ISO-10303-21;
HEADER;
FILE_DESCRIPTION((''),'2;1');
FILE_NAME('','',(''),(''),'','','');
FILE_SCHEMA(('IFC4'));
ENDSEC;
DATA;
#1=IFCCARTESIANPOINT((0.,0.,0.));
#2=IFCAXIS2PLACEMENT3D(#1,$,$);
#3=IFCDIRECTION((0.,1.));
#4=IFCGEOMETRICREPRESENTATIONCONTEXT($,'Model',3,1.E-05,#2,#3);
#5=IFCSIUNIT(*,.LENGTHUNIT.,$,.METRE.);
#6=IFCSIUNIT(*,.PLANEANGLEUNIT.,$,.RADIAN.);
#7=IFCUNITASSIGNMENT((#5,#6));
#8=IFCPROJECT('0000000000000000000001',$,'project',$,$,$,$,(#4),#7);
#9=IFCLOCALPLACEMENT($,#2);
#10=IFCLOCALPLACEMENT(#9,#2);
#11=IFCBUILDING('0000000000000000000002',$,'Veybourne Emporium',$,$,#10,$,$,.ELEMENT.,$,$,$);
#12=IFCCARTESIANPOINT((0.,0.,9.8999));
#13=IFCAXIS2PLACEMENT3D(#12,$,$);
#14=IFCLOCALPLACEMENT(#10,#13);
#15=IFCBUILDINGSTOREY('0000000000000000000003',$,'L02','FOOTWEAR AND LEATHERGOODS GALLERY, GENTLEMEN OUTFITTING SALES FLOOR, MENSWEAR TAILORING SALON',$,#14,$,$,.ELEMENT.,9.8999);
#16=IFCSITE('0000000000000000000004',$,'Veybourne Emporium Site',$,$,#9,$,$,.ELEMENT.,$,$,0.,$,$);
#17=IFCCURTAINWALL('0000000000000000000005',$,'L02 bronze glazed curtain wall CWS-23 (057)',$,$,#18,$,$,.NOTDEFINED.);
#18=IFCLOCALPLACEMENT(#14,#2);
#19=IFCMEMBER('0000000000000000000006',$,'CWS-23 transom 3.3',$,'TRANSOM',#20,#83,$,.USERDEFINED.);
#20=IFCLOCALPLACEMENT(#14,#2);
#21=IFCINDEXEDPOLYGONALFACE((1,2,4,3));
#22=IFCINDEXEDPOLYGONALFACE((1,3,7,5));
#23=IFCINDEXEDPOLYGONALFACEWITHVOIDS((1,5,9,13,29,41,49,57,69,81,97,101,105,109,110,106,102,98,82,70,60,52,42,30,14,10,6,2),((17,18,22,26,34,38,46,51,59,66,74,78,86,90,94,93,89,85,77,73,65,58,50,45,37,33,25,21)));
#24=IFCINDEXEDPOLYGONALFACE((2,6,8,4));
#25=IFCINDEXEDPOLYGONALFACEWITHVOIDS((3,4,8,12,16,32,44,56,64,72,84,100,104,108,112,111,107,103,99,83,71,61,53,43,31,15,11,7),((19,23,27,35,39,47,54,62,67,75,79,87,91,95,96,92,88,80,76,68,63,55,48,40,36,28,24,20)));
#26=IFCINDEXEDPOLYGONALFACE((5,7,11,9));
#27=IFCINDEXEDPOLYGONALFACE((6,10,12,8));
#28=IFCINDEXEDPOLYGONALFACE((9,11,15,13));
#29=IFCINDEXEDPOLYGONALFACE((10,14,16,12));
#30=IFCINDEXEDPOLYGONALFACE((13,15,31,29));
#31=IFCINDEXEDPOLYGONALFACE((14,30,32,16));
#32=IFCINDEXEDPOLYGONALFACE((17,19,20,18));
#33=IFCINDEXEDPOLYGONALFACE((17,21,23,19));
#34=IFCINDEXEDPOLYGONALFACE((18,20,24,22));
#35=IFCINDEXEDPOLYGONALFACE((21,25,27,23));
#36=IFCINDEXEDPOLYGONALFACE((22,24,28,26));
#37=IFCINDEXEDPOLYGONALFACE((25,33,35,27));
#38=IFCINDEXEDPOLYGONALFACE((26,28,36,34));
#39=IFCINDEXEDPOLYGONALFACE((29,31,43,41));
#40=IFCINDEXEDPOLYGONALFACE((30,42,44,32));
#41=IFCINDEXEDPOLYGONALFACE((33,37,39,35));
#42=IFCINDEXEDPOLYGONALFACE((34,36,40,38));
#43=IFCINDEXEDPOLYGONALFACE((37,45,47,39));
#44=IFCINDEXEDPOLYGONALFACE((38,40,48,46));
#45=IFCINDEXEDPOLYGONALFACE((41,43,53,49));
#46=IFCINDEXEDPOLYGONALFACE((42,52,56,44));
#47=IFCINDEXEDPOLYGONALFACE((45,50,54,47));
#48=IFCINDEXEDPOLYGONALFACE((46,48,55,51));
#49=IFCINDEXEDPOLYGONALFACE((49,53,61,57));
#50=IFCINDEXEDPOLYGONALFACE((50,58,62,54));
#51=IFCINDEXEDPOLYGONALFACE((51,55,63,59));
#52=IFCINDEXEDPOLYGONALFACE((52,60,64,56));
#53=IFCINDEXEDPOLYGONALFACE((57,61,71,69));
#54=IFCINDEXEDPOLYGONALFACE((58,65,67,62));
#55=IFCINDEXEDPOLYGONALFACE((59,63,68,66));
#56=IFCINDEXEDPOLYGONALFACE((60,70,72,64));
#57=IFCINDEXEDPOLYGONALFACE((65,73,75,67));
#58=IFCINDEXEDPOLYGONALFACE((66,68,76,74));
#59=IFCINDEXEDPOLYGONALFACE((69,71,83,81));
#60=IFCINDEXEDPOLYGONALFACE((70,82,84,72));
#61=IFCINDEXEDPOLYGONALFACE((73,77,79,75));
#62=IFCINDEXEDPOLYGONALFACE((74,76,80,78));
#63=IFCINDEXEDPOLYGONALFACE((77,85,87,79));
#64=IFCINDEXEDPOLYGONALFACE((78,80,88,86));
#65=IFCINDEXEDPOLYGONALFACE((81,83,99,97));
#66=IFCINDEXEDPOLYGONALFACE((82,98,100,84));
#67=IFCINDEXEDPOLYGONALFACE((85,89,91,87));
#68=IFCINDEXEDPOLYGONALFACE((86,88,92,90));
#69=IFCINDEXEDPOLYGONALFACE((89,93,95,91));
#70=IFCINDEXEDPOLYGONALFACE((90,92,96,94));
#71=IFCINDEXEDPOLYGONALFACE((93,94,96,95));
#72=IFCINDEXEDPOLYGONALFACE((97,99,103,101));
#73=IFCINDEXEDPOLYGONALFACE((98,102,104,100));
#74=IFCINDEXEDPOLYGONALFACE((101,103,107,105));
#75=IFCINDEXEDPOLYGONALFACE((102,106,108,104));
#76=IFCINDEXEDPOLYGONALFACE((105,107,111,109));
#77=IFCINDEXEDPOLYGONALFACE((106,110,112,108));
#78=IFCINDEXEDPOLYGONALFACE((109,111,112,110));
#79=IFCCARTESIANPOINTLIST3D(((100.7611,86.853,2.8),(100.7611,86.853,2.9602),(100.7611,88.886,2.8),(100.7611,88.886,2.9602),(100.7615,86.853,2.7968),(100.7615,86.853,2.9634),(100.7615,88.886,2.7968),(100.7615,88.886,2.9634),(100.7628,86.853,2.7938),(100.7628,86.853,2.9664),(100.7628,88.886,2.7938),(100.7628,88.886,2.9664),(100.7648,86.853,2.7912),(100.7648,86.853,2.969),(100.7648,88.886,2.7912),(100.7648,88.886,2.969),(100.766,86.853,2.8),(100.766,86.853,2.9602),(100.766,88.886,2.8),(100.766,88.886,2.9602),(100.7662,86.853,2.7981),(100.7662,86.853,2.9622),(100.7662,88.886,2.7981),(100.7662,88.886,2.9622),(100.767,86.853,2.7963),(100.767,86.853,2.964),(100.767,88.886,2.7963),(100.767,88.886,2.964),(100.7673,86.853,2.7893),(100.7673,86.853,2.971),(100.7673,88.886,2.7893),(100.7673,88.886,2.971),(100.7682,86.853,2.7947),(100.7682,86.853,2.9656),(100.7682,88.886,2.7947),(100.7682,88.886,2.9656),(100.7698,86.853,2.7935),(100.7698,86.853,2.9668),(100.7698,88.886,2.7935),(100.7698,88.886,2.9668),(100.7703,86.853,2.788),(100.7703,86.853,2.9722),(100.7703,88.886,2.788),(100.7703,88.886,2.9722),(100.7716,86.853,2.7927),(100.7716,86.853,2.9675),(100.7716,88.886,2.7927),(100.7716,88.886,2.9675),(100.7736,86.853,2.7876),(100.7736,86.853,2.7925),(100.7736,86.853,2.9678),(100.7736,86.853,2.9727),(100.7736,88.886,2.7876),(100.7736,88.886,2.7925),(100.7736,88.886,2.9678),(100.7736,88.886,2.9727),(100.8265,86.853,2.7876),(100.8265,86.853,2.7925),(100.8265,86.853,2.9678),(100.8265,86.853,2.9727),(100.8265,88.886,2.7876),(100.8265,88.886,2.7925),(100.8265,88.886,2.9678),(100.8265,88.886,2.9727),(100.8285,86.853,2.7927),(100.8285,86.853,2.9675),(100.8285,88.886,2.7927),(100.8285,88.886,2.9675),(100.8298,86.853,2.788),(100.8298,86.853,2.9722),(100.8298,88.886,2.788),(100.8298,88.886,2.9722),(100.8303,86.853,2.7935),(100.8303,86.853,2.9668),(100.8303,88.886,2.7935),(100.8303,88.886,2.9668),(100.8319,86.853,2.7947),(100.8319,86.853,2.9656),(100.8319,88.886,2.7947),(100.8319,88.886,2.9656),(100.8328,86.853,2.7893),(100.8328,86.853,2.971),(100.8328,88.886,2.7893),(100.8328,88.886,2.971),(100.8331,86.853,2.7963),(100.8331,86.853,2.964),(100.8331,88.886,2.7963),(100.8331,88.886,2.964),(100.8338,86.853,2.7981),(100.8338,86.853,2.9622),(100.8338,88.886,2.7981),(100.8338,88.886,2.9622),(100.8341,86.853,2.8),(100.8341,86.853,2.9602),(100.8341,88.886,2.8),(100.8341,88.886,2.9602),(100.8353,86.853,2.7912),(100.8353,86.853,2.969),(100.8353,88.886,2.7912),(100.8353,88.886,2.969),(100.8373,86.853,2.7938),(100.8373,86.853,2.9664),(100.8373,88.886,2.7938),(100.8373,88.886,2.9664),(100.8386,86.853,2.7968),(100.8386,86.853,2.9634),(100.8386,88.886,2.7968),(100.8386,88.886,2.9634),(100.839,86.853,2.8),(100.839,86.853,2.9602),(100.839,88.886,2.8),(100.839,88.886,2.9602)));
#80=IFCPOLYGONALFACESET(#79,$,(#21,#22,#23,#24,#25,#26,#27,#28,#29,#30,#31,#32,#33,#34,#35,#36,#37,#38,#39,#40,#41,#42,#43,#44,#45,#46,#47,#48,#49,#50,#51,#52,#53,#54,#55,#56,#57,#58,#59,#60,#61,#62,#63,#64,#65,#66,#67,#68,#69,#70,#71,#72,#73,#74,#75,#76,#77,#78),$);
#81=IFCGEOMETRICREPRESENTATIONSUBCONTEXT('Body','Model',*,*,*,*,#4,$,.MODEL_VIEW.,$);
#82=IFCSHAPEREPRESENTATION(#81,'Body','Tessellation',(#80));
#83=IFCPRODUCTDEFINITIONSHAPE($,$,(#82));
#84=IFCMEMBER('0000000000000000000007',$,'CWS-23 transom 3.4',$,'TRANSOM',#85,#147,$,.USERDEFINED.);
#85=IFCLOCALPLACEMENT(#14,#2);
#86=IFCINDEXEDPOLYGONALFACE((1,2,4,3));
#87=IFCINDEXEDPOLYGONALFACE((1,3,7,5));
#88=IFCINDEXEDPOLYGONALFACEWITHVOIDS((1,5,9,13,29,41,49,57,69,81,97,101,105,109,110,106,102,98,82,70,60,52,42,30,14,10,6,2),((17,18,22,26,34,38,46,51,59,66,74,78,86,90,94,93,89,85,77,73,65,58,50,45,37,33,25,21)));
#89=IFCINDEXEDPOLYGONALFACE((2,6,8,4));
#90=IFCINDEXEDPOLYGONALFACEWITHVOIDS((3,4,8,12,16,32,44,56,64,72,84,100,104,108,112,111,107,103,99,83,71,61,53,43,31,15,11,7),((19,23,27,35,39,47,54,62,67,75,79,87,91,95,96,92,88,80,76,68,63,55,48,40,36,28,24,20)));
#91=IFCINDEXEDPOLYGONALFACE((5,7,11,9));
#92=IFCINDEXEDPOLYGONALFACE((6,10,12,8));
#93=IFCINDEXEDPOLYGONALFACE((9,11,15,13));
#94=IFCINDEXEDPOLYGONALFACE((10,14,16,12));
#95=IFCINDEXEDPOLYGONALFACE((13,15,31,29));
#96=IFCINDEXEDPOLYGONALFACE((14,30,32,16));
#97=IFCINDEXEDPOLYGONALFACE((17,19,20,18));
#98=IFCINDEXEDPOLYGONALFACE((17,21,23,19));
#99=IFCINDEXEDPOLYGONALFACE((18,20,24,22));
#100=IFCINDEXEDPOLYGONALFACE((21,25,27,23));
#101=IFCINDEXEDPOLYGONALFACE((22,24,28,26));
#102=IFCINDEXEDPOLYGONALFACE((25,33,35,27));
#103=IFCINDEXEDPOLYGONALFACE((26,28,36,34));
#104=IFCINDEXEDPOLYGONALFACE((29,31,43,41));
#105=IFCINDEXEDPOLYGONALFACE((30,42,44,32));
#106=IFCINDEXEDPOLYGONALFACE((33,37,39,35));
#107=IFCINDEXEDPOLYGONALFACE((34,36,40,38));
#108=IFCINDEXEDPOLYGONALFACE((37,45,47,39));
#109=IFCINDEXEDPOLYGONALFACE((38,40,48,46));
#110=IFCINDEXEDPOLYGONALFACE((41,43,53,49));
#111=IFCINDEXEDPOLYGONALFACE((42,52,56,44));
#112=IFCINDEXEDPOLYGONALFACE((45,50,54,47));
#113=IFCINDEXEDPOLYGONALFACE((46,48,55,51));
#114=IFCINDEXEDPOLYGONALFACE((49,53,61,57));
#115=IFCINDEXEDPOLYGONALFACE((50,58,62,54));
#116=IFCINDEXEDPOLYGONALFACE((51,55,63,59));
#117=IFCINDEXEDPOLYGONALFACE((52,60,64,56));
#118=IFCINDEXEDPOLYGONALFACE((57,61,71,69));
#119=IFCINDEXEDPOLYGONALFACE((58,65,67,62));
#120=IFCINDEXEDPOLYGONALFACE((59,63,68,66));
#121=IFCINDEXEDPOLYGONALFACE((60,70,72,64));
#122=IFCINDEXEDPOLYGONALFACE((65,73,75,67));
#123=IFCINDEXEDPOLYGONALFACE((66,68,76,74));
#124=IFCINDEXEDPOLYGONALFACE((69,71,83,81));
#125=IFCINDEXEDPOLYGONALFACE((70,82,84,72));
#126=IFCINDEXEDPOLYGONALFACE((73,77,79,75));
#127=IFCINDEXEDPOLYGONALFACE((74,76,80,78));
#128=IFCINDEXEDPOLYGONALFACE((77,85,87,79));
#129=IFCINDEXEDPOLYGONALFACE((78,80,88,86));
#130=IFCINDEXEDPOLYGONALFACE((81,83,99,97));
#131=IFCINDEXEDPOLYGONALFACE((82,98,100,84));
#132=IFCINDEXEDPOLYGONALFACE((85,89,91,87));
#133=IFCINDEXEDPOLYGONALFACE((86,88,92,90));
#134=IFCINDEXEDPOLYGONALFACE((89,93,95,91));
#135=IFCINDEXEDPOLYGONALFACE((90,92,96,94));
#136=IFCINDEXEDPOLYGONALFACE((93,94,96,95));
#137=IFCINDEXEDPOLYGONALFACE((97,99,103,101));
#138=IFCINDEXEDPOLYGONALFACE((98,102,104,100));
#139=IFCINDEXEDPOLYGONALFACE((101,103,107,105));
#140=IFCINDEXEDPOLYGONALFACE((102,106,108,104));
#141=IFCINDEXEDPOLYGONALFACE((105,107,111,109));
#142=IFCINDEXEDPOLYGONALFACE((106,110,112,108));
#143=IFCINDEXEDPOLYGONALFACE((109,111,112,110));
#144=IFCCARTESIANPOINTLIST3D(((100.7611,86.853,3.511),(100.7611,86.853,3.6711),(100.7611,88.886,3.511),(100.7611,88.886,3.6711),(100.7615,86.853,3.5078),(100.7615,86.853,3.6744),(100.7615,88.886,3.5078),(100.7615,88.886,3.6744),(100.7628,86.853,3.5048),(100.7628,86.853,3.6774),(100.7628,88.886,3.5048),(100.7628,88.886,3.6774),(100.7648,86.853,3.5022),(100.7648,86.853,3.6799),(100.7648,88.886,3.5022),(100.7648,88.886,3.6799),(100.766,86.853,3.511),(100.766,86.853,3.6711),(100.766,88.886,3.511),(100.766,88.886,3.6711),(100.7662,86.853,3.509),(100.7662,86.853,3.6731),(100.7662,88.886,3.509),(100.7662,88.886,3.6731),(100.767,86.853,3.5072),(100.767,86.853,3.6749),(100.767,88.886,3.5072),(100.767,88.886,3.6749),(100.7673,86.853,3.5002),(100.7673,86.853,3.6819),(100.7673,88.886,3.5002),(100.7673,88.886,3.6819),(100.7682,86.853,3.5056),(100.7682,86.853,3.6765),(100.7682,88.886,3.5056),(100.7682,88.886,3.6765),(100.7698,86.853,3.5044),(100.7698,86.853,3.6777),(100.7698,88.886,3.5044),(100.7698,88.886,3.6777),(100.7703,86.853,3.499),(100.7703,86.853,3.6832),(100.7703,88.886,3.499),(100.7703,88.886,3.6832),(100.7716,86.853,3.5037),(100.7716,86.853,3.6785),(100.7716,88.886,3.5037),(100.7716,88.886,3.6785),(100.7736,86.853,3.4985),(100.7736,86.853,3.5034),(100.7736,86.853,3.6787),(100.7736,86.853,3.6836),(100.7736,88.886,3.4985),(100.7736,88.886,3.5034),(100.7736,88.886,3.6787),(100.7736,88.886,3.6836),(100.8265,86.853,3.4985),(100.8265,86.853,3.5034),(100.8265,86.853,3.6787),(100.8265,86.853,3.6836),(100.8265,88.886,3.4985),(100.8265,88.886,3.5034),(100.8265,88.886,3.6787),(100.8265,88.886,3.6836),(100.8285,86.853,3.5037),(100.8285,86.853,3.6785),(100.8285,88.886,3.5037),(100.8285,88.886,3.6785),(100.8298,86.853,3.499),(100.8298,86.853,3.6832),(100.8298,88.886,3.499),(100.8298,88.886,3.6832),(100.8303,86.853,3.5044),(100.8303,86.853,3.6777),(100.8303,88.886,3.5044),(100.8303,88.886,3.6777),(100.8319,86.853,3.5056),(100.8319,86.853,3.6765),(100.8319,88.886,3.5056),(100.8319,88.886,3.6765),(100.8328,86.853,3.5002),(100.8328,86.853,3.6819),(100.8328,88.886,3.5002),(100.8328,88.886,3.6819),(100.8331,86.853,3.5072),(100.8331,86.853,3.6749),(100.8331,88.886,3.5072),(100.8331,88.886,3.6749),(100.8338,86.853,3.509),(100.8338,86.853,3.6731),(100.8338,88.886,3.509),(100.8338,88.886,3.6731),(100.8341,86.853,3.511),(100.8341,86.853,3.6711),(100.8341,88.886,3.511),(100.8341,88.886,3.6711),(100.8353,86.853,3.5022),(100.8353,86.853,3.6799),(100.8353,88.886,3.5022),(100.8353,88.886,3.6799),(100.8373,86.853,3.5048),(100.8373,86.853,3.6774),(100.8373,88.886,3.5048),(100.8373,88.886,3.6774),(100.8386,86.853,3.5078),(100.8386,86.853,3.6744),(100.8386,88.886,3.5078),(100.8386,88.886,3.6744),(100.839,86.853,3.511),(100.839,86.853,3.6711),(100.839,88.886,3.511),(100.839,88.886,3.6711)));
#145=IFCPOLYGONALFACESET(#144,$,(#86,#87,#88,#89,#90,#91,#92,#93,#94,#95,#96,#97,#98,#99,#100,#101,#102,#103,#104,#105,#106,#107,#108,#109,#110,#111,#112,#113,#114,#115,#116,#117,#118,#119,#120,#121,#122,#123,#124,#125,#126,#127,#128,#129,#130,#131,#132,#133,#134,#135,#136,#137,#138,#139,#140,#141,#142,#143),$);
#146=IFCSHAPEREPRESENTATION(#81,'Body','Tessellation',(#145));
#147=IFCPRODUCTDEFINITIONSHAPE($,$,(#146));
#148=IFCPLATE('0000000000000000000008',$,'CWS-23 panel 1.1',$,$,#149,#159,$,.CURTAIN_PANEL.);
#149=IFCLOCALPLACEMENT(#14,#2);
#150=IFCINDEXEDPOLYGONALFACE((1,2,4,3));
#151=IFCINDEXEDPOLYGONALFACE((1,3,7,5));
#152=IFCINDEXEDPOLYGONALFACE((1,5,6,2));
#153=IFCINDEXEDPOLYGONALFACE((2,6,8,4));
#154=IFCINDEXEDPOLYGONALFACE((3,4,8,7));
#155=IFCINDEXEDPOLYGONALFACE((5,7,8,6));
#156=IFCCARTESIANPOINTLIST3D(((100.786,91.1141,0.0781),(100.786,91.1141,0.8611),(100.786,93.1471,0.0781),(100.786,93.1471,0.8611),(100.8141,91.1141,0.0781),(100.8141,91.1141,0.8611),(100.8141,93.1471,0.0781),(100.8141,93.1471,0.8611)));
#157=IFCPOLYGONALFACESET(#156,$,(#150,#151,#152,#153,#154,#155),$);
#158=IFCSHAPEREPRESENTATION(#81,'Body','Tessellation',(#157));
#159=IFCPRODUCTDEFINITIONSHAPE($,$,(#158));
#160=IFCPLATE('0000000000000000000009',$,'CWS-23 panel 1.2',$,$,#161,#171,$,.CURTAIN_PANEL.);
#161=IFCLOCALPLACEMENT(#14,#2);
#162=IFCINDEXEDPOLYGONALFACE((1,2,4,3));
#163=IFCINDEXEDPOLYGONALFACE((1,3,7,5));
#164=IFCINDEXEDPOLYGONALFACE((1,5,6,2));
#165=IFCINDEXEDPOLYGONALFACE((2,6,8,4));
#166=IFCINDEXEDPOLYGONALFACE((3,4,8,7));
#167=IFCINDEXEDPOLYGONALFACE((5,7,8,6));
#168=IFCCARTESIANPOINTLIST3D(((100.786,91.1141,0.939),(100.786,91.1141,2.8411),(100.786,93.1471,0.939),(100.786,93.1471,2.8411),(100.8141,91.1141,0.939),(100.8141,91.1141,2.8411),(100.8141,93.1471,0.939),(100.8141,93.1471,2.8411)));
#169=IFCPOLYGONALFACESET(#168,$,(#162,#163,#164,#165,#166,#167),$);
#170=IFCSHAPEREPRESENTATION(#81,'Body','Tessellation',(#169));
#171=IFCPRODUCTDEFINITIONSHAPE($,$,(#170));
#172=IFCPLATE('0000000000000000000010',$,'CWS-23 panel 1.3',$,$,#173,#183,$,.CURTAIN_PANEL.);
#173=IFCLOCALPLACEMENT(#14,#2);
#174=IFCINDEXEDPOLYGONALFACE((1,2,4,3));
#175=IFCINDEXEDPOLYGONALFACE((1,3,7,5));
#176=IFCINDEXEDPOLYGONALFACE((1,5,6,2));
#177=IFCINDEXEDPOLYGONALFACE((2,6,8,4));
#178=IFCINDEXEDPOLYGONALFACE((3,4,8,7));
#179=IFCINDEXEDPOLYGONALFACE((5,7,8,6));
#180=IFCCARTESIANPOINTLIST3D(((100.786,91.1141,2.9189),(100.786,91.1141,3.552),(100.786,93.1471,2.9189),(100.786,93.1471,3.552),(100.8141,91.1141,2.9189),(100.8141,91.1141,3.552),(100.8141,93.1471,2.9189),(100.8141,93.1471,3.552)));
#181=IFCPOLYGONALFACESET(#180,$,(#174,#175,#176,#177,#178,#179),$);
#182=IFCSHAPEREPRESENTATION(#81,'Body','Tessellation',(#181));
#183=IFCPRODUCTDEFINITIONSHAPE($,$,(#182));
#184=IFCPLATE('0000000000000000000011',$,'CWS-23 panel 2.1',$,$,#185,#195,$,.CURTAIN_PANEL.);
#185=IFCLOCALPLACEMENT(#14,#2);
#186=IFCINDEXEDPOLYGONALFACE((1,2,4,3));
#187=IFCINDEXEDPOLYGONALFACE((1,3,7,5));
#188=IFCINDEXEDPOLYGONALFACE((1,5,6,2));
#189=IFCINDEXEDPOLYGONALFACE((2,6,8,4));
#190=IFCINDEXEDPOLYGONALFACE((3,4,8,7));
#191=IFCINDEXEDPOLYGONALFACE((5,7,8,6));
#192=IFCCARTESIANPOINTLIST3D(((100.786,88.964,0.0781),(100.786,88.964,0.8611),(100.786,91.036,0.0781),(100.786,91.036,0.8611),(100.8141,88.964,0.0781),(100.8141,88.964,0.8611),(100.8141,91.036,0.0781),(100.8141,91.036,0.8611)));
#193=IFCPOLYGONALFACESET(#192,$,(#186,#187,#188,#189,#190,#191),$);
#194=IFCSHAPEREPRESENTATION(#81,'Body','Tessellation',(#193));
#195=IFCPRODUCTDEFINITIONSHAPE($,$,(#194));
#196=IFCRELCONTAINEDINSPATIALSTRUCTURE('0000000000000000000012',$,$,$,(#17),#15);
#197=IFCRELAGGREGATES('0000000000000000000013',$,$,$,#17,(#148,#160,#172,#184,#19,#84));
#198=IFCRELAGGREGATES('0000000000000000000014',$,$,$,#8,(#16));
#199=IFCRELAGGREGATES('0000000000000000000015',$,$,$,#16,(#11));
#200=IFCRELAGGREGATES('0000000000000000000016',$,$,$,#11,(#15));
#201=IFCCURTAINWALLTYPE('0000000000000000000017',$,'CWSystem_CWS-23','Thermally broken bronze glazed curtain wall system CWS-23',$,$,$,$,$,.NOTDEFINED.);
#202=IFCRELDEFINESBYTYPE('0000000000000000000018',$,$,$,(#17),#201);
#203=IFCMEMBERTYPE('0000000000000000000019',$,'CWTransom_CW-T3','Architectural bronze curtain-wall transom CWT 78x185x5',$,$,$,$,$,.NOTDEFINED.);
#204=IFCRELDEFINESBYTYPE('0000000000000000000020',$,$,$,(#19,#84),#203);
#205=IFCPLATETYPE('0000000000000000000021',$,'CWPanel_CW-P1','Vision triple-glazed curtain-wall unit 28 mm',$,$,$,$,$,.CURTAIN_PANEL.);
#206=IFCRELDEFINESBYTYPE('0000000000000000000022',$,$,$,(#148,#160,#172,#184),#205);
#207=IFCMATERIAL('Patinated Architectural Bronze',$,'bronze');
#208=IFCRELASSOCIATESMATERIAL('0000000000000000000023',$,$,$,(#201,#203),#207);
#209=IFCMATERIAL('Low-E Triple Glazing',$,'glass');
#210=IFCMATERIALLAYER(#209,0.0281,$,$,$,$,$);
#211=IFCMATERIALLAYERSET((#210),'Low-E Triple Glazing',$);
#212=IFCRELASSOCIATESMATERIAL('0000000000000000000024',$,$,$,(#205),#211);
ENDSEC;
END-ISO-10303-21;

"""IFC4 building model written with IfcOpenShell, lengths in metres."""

from ifc_helpers import new_model, si_unit, direction, frame, origin, origin_2d, place, context, subcontext, project, spatial, rectangle, hollow_rectangle, extrude, material, layer, layer_set, material_profile, profile_set, type_object, element, aggregate, save


model = new_model("IFC4")

# Units and contexts
model_context = context("Model", 3, precision=1e-05, world=origin(), true_north=direction((0.0, 1.0)))
body_context = subcontext(model_context, "Body", "Model", "MODEL_VIEW")
ifc_project = project(units=[si_unit("LENGTHUNIT", "METRE"), si_unit("PLANEANGLEUNIT", "RADIAN")], contexts=[model_context])

# Site, building, storey
site_placement = place(None, origin())
site = spatial("IfcSite", under=ifc_project, at=site_placement, Name="Veybourne Emporium Site", CompositionType="ELEMENT", RefElevation=0.0)
building_placement = place(site_placement, origin())
building = spatial("IfcBuilding", under=site, at=building_placement, Name="Veybourne Emporium", CompositionType="ELEMENT")
storey_placement = place(building_placement, frame((0.0, 0.0, 9.8999)))
storey = spatial("IfcBuildingStorey", under=building, at=storey_placement, Name="L02", Description="FOOTWEAR AND LEATHERGOODS GALLERY, GENTLEMEN OUTFITTING SALES FLOOR, MENSWEAR TAILORING SALON", CompositionType="ELEMENT", Elevation=9.8999)

# Curtain wall, members, plates
ifc_material_1 = material(Name="Patinated Architectural Bronze", Category="bronze")
curtain_wall_type = type_object("IfcCurtainWallType", Name="CWSystem_CWS-23", Description="Thermally broken bronze glazed curtain wall system CWS-23", PredefinedType="NOTDEFINED", material=ifc_material_1)
curtain_wall_placement = place(storey_placement, origin())
curtain_wall = element("IfcCurtainWall", 1, at=curtain_wall_placement, inside=storey, type_object=curtain_wall_type, Name="L02 bronze glazed curtain wall CWS-23 (057)", PredefinedType="NOTDEFINED")
ifc_material_profile_1 = material_profile(ifc_material_1, hollow_rectangle(XDim=0.0779, YDim=0.1851, WallThickness=0.0049, InnerFilletRadius=0.0076, OuterFilletRadius=0.0125, at=origin_2d()), Name="CWT 78x185x5")
ifc_profile_set_1 = profile_set([ifc_material_profile_1], Name="Patinated Architectural Bronze")
member_type_1 = type_object("IfcMemberType", Name="CWTransom_CW-T3", Description="Architectural bronze curtain-wall transom CWT 78x185x5", PredefinedType="NOTDEFINED", material=ifc_profile_set_1)
member_1_placement = place(storey_placement, frame((100.8, 88.886, 2.8801), z_axis=(0.0, -1.0, 0.0), x_axis=(1.0, 0.0, 0.0)))
member_1 = element("IfcMember", 2, at=member_1_placement, type_object=member_type_1, Name="CWS-23 transom 3.3", ObjectType="TRANSOM", PredefinedType="USERDEFINED", context=body_context, shape_type="SweptSolid", body=[
    extrude(hollow_rectangle(XDim=0.0779, YDim=0.1851, WallThickness=0.0049, InnerFilletRadius=0.0076, OuterFilletRadius=0.0125, at=origin_2d()), origin(), (0.0, 0.0, 1.0), 2.033),
])
member_2_placement = place(storey_placement, frame((100.8, 88.886, 3.5911), z_axis=(0.0, -1.0, 0.0), x_axis=(1.0, 0.0, 0.0)))
member_2 = element("IfcMember", 3, at=member_2_placement, type_object=member_type_1, Name="CWS-23 transom 3.4", ObjectType="TRANSOM", PredefinedType="USERDEFINED", context=body_context, shape_type="SweptSolid", body=[
    extrude(hollow_rectangle(XDim=0.0779, YDim=0.1851, WallThickness=0.0049, InnerFilletRadius=0.0076, OuterFilletRadius=0.0125, at=origin_2d()), origin(), (0.0, 0.0, 1.0), 2.033),
])
ifc_material_2 = material(Name="Low-E Triple Glazing", Category="glass")
ifc_layer_1 = layer(ifc_material_2, 0.0281)
ifc_layer_set_1 = layer_set([ifc_layer_1], Name="Low-E Triple Glazing")
plate_type = type_object("IfcPlateType", Name="CWPanel_CW-P1", Description="Vision triple-glazed curtain-wall unit 28 mm", PredefinedType="CURTAIN_PANEL", material=ifc_layer_set_1)
plate_1_placement = place(storey_placement, frame((100.8, 92.1306, 0.0781), z_axis=(0.0, 0.0, 1.0), x_axis=(0.0, -1.0, 0.0)))
plate_1 = element("IfcPlate", 4, at=plate_1_placement, type_object=plate_type, Name="CWS-23 panel 1.1", PredefinedType="CURTAIN_PANEL", context=body_context, shape_type="SweptSolid", body=[
    extrude(rectangle(XDim=2.033, YDim=0.0281, at=origin_2d()), origin(), (0.0, 0.0, 1.0), 0.783),
])
plate_2_placement = place(storey_placement, frame((100.8, 92.1306, 0.939), z_axis=(0.0, 0.0, 1.0), x_axis=(0.0, -1.0, 0.0)))
plate_2 = element("IfcPlate", 5, at=plate_2_placement, type_object=plate_type, Name="CWS-23 panel 1.2", PredefinedType="CURTAIN_PANEL", context=body_context, shape_type="SweptSolid", body=[
    extrude(rectangle(XDim=2.033, YDim=0.0281, at=origin_2d()), origin(), (0.0, 0.0, 1.0), 1.9021),
])
plate_3_placement = place(storey_placement, frame((100.8, 92.1306, 2.9189), z_axis=(0.0, 0.0, 1.0), x_axis=(0.0, -1.0, 0.0)))
plate_3 = element("IfcPlate", 6, at=plate_3_placement, type_object=plate_type, Name="CWS-23 panel 1.3", PredefinedType="CURTAIN_PANEL", context=body_context, shape_type="SweptSolid", body=[
    extrude(rectangle(XDim=2.033, YDim=0.0281, at=origin_2d()), origin(), (0.0, 0.0, 1.0), 0.6331),
])
plate_4_placement = place(storey_placement, frame((100.8, 90.0, 0.0781), z_axis=(0.0, 0.0, 1.0), x_axis=(0.0, -1.0, 0.0)))
plate_4 = element("IfcPlate", 7, at=plate_4_placement, type_object=plate_type, Name="CWS-23 panel 2.1", PredefinedType="CURTAIN_PANEL", context=body_context, shape_type="SweptSolid", body=[
    extrude(rectangle(XDim=2.072, YDim=0.0281, at=origin_2d()), origin(), (0.0, 0.0, 1.0), 0.783),
])
aggregate(curtain_wall, [plate_1, plate_2, plate_3, plate_4, member_1, member_2])

save(model, "model.ifc")
